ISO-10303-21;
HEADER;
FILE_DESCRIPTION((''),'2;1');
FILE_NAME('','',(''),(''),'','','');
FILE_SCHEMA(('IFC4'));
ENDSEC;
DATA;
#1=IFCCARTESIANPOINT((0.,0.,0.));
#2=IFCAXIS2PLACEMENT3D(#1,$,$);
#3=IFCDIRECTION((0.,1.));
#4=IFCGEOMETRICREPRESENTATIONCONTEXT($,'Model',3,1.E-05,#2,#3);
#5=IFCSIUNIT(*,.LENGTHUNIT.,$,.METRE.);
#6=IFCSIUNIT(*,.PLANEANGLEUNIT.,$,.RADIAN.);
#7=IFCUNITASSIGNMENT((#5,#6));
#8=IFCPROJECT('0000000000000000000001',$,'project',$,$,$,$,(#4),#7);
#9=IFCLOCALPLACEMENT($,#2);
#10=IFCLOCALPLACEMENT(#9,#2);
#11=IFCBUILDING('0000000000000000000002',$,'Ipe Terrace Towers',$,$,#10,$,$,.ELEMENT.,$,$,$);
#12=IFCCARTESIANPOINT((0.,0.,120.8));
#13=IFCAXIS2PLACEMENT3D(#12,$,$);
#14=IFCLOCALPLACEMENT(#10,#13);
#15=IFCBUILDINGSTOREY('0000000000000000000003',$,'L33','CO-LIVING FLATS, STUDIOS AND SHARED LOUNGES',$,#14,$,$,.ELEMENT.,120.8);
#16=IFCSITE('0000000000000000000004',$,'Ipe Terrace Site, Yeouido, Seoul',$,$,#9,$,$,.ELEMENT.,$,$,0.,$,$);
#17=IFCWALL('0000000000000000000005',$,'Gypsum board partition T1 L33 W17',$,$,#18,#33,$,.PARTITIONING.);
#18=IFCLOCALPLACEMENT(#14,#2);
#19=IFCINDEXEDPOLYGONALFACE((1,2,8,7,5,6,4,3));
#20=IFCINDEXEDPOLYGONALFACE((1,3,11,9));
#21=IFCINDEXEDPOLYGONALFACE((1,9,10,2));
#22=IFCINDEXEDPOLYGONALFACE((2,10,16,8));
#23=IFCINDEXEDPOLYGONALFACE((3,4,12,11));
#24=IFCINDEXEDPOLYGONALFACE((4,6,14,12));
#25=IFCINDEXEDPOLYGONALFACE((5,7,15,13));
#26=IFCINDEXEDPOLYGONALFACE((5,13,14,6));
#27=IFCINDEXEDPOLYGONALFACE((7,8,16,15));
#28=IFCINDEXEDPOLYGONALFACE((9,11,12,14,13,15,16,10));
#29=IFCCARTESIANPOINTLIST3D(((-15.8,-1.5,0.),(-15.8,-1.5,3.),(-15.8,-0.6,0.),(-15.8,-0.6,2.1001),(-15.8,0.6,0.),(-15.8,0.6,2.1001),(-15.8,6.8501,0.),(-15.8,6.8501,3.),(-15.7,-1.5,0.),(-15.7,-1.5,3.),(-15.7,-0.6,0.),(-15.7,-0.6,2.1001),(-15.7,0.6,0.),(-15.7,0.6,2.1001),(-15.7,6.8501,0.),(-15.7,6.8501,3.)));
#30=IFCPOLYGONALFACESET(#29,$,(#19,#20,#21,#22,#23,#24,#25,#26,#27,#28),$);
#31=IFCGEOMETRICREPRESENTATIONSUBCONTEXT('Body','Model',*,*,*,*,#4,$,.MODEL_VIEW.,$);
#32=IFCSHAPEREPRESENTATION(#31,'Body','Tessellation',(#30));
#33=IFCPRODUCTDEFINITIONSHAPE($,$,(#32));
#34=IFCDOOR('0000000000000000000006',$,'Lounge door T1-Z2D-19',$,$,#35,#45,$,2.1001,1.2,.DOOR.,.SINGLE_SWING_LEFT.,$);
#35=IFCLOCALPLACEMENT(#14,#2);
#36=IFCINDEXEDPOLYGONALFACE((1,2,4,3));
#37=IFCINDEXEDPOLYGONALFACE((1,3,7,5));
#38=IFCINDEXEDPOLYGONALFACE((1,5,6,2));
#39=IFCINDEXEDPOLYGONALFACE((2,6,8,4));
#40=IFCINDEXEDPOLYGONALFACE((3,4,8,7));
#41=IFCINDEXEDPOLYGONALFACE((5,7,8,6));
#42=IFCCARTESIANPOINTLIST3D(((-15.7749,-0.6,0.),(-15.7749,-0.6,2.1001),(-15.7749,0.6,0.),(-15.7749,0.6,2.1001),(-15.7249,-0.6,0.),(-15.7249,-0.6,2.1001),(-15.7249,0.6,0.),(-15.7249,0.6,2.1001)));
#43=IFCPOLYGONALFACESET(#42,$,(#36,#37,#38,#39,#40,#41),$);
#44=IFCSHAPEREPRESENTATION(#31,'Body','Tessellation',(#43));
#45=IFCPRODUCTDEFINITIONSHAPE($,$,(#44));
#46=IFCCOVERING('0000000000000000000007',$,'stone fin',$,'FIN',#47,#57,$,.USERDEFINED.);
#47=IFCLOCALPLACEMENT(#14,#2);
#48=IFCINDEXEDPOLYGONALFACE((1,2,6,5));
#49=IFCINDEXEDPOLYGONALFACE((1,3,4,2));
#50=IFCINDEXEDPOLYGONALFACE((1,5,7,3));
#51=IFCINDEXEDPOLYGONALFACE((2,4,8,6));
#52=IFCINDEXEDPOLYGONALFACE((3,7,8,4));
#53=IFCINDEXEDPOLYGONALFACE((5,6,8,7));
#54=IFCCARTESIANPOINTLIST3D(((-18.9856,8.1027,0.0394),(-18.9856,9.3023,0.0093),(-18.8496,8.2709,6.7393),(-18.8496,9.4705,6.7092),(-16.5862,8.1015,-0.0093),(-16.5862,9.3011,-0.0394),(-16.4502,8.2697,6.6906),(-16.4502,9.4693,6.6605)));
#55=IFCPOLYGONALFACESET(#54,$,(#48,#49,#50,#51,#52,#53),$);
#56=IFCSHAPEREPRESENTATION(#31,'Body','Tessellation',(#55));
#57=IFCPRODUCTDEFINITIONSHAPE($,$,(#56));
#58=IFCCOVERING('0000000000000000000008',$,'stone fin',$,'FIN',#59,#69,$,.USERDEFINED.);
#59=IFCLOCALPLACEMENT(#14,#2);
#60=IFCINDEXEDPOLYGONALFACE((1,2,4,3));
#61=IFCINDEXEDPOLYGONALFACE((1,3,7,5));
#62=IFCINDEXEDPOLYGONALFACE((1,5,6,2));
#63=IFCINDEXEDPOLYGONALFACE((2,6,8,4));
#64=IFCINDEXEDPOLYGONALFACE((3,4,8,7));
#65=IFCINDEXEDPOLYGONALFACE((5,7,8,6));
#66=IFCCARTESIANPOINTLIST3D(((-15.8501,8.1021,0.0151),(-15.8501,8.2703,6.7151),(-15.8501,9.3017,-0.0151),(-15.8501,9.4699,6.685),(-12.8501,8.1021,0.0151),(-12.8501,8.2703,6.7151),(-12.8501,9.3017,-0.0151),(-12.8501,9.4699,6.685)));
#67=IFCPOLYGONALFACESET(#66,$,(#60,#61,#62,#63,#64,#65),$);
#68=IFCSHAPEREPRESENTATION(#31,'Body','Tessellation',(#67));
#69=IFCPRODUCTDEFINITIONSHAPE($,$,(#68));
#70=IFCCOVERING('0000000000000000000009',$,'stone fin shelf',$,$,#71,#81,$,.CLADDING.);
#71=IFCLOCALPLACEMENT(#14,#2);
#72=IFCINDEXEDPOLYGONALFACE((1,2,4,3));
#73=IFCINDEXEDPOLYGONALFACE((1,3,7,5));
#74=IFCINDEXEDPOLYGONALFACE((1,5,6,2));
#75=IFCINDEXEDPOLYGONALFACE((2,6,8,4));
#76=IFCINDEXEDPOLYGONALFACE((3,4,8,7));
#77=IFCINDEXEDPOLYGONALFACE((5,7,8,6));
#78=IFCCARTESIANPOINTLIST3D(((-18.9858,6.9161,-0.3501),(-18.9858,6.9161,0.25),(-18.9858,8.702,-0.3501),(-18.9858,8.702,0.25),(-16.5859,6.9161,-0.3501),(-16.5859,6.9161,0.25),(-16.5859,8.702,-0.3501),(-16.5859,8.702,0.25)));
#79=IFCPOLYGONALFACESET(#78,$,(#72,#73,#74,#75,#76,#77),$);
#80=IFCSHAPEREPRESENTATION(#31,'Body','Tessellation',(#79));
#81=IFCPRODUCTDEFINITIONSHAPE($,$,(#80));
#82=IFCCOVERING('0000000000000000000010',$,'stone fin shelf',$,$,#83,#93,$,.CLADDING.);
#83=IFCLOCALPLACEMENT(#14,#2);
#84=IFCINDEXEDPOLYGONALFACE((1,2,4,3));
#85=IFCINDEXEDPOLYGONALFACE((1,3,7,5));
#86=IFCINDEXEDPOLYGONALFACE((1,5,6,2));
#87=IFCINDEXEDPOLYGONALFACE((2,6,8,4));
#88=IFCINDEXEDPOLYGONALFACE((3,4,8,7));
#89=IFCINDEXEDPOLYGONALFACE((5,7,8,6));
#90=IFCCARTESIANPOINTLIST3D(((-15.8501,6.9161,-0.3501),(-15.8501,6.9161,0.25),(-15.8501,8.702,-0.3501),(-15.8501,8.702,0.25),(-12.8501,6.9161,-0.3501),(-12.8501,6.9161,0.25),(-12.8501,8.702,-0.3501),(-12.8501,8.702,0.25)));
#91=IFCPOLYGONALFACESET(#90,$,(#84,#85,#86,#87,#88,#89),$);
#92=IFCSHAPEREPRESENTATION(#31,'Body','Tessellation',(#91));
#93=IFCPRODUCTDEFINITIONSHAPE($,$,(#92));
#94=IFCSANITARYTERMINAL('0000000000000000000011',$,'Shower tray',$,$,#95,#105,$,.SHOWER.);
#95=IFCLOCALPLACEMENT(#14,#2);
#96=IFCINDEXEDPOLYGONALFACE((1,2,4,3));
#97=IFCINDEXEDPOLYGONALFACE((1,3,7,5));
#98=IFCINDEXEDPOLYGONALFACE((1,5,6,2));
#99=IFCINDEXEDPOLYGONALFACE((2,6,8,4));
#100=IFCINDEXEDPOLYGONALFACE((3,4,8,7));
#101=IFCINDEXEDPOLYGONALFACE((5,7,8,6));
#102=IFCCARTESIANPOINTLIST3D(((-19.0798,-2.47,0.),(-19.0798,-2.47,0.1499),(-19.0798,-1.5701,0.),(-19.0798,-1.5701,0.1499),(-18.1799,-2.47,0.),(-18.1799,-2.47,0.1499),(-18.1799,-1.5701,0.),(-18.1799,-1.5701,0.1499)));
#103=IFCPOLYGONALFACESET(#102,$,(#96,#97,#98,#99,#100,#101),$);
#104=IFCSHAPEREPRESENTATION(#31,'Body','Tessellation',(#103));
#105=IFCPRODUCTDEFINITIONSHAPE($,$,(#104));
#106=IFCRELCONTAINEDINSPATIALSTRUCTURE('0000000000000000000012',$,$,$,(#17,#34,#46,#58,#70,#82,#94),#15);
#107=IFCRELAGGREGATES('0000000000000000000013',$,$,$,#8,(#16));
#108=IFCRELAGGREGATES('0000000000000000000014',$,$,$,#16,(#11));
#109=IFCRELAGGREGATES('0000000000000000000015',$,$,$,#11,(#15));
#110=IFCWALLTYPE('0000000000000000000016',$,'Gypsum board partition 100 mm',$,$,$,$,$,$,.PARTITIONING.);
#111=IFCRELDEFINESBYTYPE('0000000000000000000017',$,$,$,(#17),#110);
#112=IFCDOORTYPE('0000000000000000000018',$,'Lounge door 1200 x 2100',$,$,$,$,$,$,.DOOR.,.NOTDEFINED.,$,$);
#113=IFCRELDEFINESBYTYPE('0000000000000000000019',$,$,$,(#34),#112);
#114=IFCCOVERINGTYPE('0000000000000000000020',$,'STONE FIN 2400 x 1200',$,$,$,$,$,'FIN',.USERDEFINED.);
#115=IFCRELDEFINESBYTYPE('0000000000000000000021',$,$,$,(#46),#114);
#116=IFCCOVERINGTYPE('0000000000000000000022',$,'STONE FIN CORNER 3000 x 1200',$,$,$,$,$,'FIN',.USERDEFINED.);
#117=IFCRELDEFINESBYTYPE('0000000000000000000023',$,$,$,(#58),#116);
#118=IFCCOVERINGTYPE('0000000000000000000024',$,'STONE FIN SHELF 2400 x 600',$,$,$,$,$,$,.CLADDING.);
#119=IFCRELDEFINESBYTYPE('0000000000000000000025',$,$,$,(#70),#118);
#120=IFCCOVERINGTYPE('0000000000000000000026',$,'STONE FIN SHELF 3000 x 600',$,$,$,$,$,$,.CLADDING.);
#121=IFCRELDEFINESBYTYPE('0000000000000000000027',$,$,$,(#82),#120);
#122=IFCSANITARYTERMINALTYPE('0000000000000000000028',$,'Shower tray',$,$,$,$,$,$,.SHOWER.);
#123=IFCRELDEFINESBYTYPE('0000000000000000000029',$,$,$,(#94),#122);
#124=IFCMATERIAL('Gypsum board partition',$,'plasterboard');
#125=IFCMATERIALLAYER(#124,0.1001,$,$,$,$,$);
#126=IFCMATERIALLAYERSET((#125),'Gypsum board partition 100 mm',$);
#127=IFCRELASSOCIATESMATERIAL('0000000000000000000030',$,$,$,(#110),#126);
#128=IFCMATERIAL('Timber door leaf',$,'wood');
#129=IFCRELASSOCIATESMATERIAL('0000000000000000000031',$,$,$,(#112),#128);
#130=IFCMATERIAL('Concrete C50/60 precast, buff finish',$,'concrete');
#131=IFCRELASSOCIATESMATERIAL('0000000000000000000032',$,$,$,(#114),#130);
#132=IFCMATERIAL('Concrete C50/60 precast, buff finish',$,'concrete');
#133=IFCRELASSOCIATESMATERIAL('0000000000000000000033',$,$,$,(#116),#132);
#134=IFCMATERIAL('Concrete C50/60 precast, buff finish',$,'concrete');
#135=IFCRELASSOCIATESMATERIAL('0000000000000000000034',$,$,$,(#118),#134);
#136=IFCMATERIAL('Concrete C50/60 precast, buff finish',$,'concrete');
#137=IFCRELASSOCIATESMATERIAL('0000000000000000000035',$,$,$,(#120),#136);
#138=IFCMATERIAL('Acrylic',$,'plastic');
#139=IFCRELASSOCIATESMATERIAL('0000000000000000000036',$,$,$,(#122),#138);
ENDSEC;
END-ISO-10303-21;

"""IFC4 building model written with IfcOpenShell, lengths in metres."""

from ifc_helpers import new_model, si_unit, direction, frame, frame_2d, origin, origin_2d, place, context, subcontext, project, spatial, rectangle, extrude, material, layer, layer_set, material_profile, profile_set, type_object, element, fill, save


model = new_model("IFC4")

# Units and contexts
model_context = context("Model", 3, precision=1e-05, world=origin(), true_north=direction((0.0, 1.0)))
body_context = subcontext(model_context, "Body", "Model", "MODEL_VIEW")
ifc_project = project(units=[si_unit("LENGTHUNIT", "METRE"), si_unit("PLANEANGLEUNIT", "RADIAN")], contexts=[model_context])

# Site, building, storey
site_placement = place(None, origin())
site = spatial("IfcSite", under=ifc_project, at=site_placement, Name="Ipe Terrace Site, Yeouido, Seoul", CompositionType="ELEMENT", RefElevation=0.0)
building_placement = place(site_placement, origin())
building = spatial("IfcBuilding", under=site, at=building_placement, Name="Ipe Terrace Towers", CompositionType="ELEMENT")
storey_placement = place(building_placement, frame((0.0, 0.0, 120.8)))
storey = spatial("IfcBuildingStorey", under=building, at=storey_placement, Name="L33", Description="CO-LIVING FLATS, STUDIOS AND SHARED LOUNGES", CompositionType="ELEMENT", Elevation=120.8)

# Shared definitions
ifc_material_1 = material(Name="Gypsum board partition", Category="plasterboard")
ifc_layer_1 = layer(ifc_material_1, 0.1001)
ifc_layer_set_1 = layer_set([ifc_layer_1], Name="Gypsum board partition 100 mm")
wall_type_1 = type_object("IfcWallType", Name="Gypsum board partition 100 mm", PredefinedType="PARTITIONING", material=ifc_layer_set_1)

# Wall, opening, door
wall_1_placement = place(storey_placement, frame((-15.75, -1.5, 0.0), z_axis=(0.0, 0.0, 1.0), x_axis=(0.0, 1.0, 0.0)))
wall_1 = element("IfcWall", 1, at=wall_1_placement, inside=storey, type_object=wall_type_1, Name="Gypsum board partition T1 L33 W17", PredefinedType="PARTITIONING", context=body_context, shape_type="SweptSolid", body=[
    extrude(rectangle(XDim=8.3501, YDim=0.1001, at=frame_2d((4.175, 0.0))), origin(), (0.0, 0.0, 1.0), 3.0),
])
opening_placement = place(wall_1_placement, frame((0.8999, 0.0, 0.0)))
opening = element("IfcOpeningElement", 2, at=opening_placement, cuts=wall_1, PredefinedType="OPENING", context=body_context, shape_type="SweptSolid", body=[
    extrude(rectangle(XDim=1.2, YDim=2.1001, at=frame_2d((0.6001, 1.05))), frame((0.0, 0.0601, 0.0), z_axis=(0.0, -1.0, 0.0), x_axis=(1.0, 0.0, 0.0)), (0.0, 0.0, 1.0), 0.1201),
])
ifc_material_2 = material(Name="Timber door leaf", Category="wood")
door_type = type_object("IfcDoorType", Name="Lounge door 1200 x 2100", OperationType="NOTDEFINED", PredefinedType="DOOR", material=ifc_material_2)
door_placement = place(opening_placement, origin())
door = element("IfcDoor", 3, at=door_placement, inside=storey, type_object=door_type, Name="Lounge door T1-Z2D-19", OperationType="SINGLE_SWING_LEFT", OverallHeight=2.1001, OverallWidth=1.2, PredefinedType="DOOR", context=body_context, shape_type="SweptSolid", body=[
    extrude(rectangle(XDim=1.2, YDim=2.1001, at=frame_2d((0.6001, 1.05))), frame((0.0, 0.0249, 0.0), z_axis=(0.0, -1.0, 0.0), x_axis=(1.0, 0.0, 0.0)), (0.0, 0.0, 1.0), 0.05),
])
fill(opening, door)

# Coverings
ifc_material_3 = material(Name="Concrete C50/60 precast, buff finish", Category="concrete")
ifc_material_profile_1 = material_profile(ifc_material_3, rectangle(XDim=2.3999, YDim=1.2, at=origin_2d()), Name="STONE FIN 2400 x 1200")
ifc_profile_set_1 = profile_set([ifc_material_profile_1], Name="Concrete C50/60 precast, buff finish")
covering_type_1 = type_object("IfcCoveringType", Name="STONE FIN 2400 x 1200", ElementType="FIN", PredefinedType="USERDEFINED", material=ifc_profile_set_1)
covering_1_placement = place(storey_placement, frame((-17.7859, 8.7019, 0.0), z_axis=(0.020286, 0.025094, 0.999479), x_axis=(-0.999794, 0.000509, 0.02028)))
element("IfcCovering", 4, at=covering_1_placement, inside=storey, type_object=covering_type_1, Name="stone fin", ObjectType="FIN", PredefinedType="USERDEFINED", context=body_context, shape_type="SweptSolid", body=[
    extrude(rectangle(XDim=2.3999, YDim=1.2, at=origin_2d()), origin(), (0.0, 0.0, 1.0), 6.7034),
])
ifc_material_4 = material(Name="Concrete C50/60 precast, buff finish", Category="concrete")
ifc_material_profile_2 = material_profile(ifc_material_4, rectangle(XDim=3.0, YDim=1.2, at=origin_2d()), Name="STONE FIN CORNER 3000 x 1200")
ifc_profile_set_2 = profile_set([ifc_material_profile_2], Name="Concrete C50/60 precast, buff finish")
covering_type_2 = type_object("IfcCoveringType", Name="STONE FIN CORNER 3000 x 1200", ElementType="FIN", PredefinedType="USERDEFINED", material=ifc_profile_set_2)
covering_2_placement = place(storey_placement, frame((-14.3501, 8.7019, 0.0), z_axis=(0.0, 0.025099, 0.999685), x_axis=(-1.0, 0.0, 0.0)))
element("IfcCovering", 5, at=covering_2_placement, inside=storey, type_object=covering_type_2, Name="stone fin", ObjectType="FIN", PredefinedType="USERDEFINED", context=body_context, shape_type="SweptSolid", body=[
    extrude(rectangle(XDim=3.0, YDim=1.2, at=origin_2d()), origin(), (0.0, 0.0, 1.0), 6.7021),
])
ifc_material_5 = material(Name="Concrete C50/60 precast, buff finish", Category="concrete")
covering_type_3 = type_object("IfcCoveringType", Name="STONE FIN SHELF 2400 x 600", PredefinedType="CLADDING", material=ifc_material_5)
covering_3_placement = place(storey_placement, frame((-17.7859, 7.8091, -0.3501), z_axis=(0.0, 0.0, 1.0), x_axis=(-1.0, 0.0, 0.0)))
element("IfcCovering", 6, at=covering_3_placement, inside=storey, type_object=covering_type_3, Name="stone fin shelf", PredefinedType="CLADDING", context=body_context, shape_type="SweptSolid", body=[
    extrude(rectangle(XDim=2.3999, YDim=1.7859, at=origin_2d()), origin(), (0.0, 0.0, 1.0), 0.6001),
])
ifc_material_6 = material(Name="Concrete C50/60 precast, buff finish", Category="concrete")
covering_type_4 = type_object("IfcCoveringType", Name="STONE FIN SHELF 3000 x 600", PredefinedType="CLADDING", material=ifc_material_6)
covering_4_placement = place(storey_placement, frame((-14.3501, 7.8091, -0.3501), z_axis=(0.0, 0.0, 1.0), x_axis=(-1.0, 0.0, 0.0)))
element("IfcCovering", 7, at=covering_4_placement, inside=storey, type_object=covering_type_4, Name="stone fin shelf", PredefinedType="CLADDING", context=body_context, shape_type="SweptSolid", body=[
    extrude(rectangle(XDim=3.0, YDim=1.7859, at=origin_2d()), origin(), (0.0, 0.0, 1.0), 0.6001),
])

# Sanitary terminal
ifc_material_7 = material(Name="Acrylic", Category="plastic")
sanitary_terminal_type = type_object("IfcSanitaryTerminalType", Name="Shower tray", PredefinedType="SHOWER", material=ifc_material_7)
sanitary_terminal_placement = place(storey_placement, frame((-18.6299, -2.02, 0.0), z_axis=(0.0, 0.0, 1.0), x_axis=(0.0, -1.0, 0.0)))
element("IfcSanitaryTerminal", 8, at=sanitary_terminal_placement, inside=storey, type_object=sanitary_terminal_type, Name="Shower tray", PredefinedType="SHOWER", context=body_context, shape_type="SweptSolid", body=[
    extrude(rectangle(XDim=0.8999, YDim=0.8999, at=origin_2d()), origin(), (0.0, 0.0, 1.0), 0.1499),
])

save(model, "model.ifc")
